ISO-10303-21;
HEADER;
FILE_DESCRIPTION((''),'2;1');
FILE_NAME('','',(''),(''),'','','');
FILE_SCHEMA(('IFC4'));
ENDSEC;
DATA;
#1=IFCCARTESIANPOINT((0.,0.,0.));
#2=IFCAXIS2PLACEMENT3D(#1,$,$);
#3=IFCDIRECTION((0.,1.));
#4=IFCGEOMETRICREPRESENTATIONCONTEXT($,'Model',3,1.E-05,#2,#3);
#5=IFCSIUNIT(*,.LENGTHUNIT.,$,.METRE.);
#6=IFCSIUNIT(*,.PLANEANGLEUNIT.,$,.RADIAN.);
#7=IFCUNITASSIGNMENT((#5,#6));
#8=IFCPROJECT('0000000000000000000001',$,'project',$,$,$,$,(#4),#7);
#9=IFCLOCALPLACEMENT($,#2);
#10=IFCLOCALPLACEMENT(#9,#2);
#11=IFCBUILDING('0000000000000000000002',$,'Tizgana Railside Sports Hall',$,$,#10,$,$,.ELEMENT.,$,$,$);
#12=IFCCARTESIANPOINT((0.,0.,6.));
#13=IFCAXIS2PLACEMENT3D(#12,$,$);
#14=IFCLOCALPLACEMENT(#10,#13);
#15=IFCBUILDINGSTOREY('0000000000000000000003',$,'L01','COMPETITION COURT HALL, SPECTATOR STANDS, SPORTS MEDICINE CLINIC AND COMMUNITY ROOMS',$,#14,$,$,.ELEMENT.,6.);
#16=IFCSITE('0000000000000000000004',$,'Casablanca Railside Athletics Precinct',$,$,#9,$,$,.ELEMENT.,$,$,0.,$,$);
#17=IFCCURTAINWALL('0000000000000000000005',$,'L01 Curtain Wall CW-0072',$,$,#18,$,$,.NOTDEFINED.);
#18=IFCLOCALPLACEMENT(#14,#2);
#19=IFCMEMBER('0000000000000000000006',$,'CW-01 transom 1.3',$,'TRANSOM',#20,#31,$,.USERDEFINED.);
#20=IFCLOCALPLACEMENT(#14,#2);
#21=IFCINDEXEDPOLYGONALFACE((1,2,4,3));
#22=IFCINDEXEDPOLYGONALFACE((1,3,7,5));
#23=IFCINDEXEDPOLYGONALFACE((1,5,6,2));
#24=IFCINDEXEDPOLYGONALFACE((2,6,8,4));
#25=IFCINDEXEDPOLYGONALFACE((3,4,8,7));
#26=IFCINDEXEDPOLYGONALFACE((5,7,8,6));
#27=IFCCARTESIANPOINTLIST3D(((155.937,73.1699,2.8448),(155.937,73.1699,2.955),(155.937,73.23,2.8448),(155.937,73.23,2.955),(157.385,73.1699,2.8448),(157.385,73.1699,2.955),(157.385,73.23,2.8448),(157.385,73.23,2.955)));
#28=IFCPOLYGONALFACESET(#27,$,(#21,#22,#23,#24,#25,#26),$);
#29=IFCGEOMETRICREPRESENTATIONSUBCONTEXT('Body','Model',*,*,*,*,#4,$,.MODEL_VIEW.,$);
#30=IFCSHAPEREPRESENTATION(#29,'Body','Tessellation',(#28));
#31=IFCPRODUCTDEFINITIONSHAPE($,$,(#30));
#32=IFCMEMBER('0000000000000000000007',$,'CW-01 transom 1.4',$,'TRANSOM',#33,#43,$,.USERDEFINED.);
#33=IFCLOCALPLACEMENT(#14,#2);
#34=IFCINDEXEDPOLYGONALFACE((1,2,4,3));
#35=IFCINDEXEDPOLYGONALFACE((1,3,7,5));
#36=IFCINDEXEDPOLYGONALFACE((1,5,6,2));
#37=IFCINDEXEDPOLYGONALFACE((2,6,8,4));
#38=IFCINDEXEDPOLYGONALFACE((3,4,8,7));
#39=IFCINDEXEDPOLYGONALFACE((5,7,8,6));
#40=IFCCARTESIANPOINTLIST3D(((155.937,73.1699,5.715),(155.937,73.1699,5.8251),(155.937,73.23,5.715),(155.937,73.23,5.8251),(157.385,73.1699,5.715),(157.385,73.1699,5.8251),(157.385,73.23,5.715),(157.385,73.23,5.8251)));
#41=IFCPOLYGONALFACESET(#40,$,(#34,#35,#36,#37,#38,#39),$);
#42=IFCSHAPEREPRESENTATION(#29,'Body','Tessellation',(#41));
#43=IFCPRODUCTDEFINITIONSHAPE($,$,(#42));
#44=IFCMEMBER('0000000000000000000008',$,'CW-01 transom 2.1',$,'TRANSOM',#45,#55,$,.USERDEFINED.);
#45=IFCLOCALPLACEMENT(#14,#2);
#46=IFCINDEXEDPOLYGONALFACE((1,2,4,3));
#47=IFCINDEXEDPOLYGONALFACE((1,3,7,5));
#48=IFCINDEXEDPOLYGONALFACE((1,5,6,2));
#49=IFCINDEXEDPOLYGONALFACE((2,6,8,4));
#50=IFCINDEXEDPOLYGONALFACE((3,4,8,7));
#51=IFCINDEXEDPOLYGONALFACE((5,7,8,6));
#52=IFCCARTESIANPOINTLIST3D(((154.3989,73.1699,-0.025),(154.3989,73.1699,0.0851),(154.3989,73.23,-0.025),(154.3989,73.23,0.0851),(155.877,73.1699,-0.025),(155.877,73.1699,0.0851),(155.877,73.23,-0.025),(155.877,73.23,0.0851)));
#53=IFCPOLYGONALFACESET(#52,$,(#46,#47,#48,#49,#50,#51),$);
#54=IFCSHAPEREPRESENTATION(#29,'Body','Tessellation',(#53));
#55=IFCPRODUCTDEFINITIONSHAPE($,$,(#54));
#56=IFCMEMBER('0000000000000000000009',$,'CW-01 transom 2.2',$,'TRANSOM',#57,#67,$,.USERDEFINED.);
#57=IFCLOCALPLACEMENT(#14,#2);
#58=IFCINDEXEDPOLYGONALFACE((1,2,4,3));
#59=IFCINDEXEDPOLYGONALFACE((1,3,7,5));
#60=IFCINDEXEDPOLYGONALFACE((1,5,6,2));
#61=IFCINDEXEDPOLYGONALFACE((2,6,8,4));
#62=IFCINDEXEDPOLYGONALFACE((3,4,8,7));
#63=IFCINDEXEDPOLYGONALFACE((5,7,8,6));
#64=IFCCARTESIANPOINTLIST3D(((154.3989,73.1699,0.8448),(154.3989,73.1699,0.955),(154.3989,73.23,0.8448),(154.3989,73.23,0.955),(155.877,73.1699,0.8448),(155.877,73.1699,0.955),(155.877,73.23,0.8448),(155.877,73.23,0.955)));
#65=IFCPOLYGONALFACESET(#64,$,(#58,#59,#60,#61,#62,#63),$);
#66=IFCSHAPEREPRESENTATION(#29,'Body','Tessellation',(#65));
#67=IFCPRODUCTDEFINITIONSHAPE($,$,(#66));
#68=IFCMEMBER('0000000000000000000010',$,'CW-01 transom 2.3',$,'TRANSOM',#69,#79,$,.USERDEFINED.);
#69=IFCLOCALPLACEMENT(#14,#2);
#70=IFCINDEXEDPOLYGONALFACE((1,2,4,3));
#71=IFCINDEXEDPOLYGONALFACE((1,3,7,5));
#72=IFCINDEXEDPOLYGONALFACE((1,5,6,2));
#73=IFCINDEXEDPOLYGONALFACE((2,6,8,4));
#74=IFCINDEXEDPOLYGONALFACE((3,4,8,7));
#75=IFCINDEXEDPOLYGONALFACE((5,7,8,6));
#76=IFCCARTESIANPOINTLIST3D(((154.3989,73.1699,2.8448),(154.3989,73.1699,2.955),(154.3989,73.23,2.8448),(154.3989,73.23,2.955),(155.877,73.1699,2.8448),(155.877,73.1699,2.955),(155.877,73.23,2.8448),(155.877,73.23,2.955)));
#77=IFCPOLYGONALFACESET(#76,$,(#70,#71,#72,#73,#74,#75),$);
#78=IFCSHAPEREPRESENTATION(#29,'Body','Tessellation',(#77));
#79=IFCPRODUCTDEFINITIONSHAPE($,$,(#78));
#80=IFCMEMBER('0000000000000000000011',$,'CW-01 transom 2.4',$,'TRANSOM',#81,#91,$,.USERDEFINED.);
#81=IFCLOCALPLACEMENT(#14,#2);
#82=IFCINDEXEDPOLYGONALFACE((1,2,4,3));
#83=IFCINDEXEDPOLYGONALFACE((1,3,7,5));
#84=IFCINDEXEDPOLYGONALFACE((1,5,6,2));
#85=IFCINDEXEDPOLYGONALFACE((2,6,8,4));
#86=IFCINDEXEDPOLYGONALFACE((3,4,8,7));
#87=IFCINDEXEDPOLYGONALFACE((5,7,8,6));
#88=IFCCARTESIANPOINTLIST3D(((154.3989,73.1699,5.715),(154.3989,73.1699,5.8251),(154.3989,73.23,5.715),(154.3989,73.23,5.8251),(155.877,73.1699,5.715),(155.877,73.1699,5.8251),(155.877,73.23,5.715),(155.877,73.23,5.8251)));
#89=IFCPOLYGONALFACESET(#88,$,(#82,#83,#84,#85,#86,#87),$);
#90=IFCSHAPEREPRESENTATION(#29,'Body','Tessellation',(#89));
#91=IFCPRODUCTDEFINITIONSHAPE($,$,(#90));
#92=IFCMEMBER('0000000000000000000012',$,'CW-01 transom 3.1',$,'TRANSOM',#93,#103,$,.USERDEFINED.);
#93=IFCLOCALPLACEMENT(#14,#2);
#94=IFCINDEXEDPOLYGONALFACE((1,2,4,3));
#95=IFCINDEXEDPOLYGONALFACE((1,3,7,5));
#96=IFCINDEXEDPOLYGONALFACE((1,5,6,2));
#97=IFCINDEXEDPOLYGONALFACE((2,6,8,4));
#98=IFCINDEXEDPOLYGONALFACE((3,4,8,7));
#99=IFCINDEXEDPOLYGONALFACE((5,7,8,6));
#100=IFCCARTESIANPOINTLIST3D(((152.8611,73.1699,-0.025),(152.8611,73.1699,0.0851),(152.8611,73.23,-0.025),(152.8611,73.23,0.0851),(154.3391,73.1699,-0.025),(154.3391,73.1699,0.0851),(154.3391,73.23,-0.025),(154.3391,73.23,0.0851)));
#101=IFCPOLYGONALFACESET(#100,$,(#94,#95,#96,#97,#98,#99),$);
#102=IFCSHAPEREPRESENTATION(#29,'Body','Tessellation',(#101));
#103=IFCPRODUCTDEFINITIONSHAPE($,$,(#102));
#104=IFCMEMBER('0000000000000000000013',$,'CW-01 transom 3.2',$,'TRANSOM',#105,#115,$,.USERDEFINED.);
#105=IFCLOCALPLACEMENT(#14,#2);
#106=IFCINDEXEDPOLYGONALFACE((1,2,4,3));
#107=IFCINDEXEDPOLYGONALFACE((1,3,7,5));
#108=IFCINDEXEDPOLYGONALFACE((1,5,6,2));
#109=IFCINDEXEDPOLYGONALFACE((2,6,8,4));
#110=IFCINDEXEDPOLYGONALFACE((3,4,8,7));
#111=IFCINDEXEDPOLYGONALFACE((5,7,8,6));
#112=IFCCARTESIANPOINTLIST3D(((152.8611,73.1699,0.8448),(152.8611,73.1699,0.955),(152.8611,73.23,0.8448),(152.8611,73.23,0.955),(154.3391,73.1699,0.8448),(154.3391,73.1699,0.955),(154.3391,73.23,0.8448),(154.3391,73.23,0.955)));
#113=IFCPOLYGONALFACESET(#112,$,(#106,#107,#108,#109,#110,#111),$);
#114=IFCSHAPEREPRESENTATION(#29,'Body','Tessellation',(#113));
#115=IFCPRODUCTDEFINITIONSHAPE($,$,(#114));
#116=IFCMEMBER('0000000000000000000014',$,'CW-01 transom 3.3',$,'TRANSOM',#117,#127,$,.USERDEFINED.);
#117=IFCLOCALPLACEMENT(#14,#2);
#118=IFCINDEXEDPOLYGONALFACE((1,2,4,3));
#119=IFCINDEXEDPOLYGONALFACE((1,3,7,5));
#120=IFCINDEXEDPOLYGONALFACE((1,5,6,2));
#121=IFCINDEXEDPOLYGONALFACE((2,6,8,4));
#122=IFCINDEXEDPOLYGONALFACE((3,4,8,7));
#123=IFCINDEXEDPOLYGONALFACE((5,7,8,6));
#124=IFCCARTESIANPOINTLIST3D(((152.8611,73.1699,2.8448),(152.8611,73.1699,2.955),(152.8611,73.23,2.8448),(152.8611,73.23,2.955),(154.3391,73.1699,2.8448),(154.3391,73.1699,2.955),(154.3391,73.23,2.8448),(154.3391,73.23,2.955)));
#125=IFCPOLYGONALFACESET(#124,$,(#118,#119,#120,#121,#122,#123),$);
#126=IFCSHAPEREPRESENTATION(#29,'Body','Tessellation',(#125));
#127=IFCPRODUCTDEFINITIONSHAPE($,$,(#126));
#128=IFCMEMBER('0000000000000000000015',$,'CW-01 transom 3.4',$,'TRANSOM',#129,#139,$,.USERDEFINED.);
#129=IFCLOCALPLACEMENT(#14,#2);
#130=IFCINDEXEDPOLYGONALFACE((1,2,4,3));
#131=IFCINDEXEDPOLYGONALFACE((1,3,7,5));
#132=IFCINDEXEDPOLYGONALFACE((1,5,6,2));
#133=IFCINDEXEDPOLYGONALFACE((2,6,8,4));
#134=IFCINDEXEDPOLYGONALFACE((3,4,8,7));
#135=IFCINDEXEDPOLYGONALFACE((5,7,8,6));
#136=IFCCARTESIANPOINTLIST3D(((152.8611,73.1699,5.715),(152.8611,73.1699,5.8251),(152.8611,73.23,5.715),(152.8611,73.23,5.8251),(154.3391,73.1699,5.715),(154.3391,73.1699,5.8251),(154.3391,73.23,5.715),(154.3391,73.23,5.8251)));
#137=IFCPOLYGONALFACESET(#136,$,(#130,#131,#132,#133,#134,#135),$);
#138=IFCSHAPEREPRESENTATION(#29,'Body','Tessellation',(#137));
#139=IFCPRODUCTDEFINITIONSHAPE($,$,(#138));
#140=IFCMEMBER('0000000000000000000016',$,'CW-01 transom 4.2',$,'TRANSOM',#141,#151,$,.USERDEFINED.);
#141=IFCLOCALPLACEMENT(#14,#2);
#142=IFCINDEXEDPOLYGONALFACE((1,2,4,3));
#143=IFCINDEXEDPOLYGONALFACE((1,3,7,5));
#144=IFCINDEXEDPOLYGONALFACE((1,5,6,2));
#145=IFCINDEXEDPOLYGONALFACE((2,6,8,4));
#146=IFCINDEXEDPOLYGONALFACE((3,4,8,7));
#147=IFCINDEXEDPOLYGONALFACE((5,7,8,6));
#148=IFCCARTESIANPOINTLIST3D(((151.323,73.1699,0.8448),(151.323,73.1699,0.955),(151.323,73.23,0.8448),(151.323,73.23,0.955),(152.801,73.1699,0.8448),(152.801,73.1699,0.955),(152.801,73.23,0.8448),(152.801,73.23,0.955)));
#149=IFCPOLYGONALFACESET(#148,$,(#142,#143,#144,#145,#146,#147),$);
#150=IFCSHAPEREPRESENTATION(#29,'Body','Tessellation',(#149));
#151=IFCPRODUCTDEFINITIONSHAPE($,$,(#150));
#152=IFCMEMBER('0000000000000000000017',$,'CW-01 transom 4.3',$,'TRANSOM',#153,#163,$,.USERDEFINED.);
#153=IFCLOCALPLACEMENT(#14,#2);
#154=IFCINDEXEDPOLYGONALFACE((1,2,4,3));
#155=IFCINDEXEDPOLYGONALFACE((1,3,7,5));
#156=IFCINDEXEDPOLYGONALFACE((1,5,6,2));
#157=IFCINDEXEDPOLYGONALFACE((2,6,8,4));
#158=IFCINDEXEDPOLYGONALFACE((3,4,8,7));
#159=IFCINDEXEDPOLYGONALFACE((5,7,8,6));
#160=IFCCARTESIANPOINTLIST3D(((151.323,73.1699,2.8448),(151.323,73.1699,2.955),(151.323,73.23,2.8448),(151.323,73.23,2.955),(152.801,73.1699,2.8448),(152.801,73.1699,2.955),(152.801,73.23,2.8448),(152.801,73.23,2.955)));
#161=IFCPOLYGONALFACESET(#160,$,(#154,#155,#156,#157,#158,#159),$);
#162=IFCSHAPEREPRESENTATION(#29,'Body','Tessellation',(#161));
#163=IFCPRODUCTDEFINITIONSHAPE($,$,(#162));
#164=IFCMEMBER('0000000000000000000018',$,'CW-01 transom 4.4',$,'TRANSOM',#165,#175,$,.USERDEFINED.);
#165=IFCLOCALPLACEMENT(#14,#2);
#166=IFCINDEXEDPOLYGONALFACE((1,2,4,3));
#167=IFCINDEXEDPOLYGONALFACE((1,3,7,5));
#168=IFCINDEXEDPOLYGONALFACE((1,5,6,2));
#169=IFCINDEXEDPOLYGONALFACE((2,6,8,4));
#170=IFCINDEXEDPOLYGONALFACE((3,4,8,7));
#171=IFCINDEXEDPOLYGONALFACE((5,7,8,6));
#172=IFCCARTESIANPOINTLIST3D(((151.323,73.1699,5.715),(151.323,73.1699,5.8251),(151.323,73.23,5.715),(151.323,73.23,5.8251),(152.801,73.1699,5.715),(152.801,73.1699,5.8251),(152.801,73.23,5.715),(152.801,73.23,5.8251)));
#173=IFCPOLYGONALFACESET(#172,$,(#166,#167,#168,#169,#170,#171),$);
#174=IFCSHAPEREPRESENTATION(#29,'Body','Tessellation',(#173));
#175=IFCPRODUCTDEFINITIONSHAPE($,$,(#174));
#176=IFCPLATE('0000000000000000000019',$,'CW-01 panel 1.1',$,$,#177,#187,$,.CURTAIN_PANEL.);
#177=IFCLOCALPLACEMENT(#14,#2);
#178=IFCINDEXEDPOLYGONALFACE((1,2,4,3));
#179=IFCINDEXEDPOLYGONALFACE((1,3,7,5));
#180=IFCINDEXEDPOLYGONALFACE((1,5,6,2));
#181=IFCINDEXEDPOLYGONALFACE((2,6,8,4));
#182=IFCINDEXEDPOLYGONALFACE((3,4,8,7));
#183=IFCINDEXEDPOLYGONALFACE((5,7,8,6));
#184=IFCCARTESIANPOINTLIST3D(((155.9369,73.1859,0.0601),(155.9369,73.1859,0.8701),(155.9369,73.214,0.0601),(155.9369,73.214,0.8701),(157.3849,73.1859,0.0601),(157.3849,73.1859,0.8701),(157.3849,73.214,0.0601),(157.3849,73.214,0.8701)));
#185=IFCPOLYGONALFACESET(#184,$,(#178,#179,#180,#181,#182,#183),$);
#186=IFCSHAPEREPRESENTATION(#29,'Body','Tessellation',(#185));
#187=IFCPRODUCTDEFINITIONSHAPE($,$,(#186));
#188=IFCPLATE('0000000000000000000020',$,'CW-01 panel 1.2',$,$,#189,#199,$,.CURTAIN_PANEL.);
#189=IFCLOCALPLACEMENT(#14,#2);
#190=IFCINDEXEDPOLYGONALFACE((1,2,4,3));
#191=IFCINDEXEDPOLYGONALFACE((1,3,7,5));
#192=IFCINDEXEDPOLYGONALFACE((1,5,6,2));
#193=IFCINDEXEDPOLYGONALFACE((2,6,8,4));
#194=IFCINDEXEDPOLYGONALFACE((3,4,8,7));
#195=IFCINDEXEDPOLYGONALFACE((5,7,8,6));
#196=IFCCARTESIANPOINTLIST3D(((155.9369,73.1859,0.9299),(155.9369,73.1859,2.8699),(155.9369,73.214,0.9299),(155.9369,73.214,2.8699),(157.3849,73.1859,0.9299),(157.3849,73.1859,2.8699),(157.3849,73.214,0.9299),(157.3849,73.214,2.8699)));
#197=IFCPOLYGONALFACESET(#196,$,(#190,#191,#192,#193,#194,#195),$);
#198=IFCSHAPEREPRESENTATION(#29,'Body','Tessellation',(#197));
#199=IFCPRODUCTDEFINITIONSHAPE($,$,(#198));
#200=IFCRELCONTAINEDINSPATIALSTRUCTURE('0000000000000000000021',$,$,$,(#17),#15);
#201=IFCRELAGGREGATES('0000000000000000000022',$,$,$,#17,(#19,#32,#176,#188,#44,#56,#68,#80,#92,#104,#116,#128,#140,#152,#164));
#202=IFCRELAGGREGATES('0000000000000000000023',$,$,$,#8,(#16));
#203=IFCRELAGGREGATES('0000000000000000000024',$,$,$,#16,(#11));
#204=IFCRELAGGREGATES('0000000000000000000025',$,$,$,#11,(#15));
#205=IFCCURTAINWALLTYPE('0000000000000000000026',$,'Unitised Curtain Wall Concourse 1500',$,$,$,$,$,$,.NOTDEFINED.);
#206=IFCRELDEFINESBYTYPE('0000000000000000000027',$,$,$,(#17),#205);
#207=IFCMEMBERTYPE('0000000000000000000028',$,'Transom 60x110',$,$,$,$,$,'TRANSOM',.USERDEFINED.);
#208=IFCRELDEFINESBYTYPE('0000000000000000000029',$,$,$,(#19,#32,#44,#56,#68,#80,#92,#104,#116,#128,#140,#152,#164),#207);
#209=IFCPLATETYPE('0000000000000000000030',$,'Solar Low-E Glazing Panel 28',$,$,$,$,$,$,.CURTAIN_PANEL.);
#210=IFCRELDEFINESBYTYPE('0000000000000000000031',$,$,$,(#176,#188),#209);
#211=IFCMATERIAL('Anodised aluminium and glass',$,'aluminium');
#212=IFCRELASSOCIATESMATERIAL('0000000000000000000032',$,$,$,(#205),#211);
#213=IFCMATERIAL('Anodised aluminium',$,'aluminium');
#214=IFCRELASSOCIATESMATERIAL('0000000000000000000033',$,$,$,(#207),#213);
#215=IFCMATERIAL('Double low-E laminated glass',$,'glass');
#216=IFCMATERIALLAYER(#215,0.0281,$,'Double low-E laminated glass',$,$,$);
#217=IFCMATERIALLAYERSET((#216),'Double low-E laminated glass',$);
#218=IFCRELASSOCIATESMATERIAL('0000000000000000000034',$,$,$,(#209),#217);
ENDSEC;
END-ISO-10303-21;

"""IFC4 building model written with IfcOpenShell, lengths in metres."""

from ifc_helpers import new_model, si_unit, direction, frame, origin, origin_2d, place, context, subcontext, project, spatial, rectangle, extrude, material, layer, layer_set, material_profile, profile_set, type_object, element, aggregate, save


model = new_model("IFC4")

# Units and contexts
model_context = context("Model", 3, precision=1e-05, world=origin(), true_north=direction((0.0, 1.0)))
body_context = subcontext(model_context, "Body", "Model", "MODEL_VIEW")
ifc_project = project(units=[si_unit("LENGTHUNIT", "METRE"), si_unit("PLANEANGLEUNIT", "RADIAN")], contexts=[model_context])

# Site, building, storey
site_placement = place(None, origin())
site = spatial("IfcSite", under=ifc_project, at=site_placement, Name="Casablanca Railside Athletics Precinct", CompositionType="ELEMENT", RefElevation=0.0)
building_placement = place(site_placement, origin())
building = spatial("IfcBuilding", under=site, at=building_placement, Name="Tizgana Railside Sports Hall", CompositionType="ELEMENT")
storey_placement = place(building_placement, frame((0.0, 0.0, 6.0)))
storey = spatial("IfcBuildingStorey", under=building, at=storey_placement, Name="L01", Description="COMPETITION COURT HALL, SPECTATOR STANDS, SPORTS MEDICINE CLINIC AND COMMUNITY ROOMS", CompositionType="ELEMENT", Elevation=6.0)

# Curtain wall
ifc_material_1 = material(Name="Anodised aluminium and glass", Category="aluminium")
curtain_wall_type = type_object("IfcCurtainWallType", Name="Unitised Curtain Wall Concourse 1500", PredefinedType="NOTDEFINED", material=ifc_material_1)
curtain_wall_placement = place(storey_placement, origin())
curtain_wall = element("IfcCurtainWall", 1, at=curtain_wall_placement, inside=storey, type_object=curtain_wall_type, Name="L01 Curtain Wall CW-0072", PredefinedType="NOTDEFINED")
ifc_material_2 = material(Name="Anodised aluminium", Category="aluminium")

# Members
ifc_material_profile_1 = material_profile(ifc_material_2, rectangle(XDim=0.0601, YDim=0.1101, at=origin_2d()), Name="Transom 60x110")
ifc_profile_set_1 = profile_set([ifc_material_profile_1], Name="Anodised aluminium")
member_type_1 = type_object("IfcMemberType", Name="Transom 60x110", ElementType="TRANSOM", PredefinedType="USERDEFINED", material=ifc_profile_set_1)
member_1_placement = place(storey_placement, frame((157.385, 73.2, 2.8999), z_axis=(-1.0, 0.0, 0.0), x_axis=(0.0, -1.0, 0.0)))
member_1 = element("IfcMember", 2, at=member_1_placement, type_object=member_type_1, Name="CW-01 transom 1.3", ObjectType="TRANSOM", PredefinedType="USERDEFINED", context=body_context, shape_type="SweptSolid", body=[
    extrude(rectangle(XDim=0.0601, YDim=0.1101, at=origin_2d()), origin(), (0.0, 0.0, 1.0), 1.448),
])
member_2_placement = place(storey_placement, frame((157.385, 73.2, 5.77), z_axis=(-1.0, 0.0, 0.0), x_axis=(0.0, -1.0, 0.0)))
member_2 = element("IfcMember", 3, at=member_2_placement, type_object=member_type_1, Name="CW-01 transom 1.4", ObjectType="TRANSOM", PredefinedType="USERDEFINED", context=body_context, shape_type="SweptSolid", body=[
    extrude(rectangle(XDim=0.0601, YDim=0.1101, at=origin_2d()), origin(), (0.0, 0.0, 1.0), 1.448),
])
member_3_placement = place(storey_placement, frame((155.877, 73.2, 0.03), z_axis=(-1.0, 0.0, 0.0), x_axis=(0.0, -1.0, 0.0)))
member_3 = element("IfcMember", 4, at=member_3_placement, type_object=member_type_1, Name="CW-01 transom 2.1", ObjectType="TRANSOM", PredefinedType="USERDEFINED", context=body_context, shape_type="SweptSolid", body=[
    extrude(rectangle(XDim=0.0601, YDim=0.1101, at=origin_2d()), origin(), (0.0, 0.0, 1.0), 1.478),
])
member_4_placement = place(storey_placement, frame((155.877, 73.2, 0.8999), z_axis=(-1.0, 0.0, 0.0), x_axis=(0.0, -1.0, 0.0)))
member_4 = element("IfcMember", 5, at=member_4_placement, type_object=member_type_1, Name="CW-01 transom 2.2", ObjectType="TRANSOM", PredefinedType="USERDEFINED", context=body_context, shape_type="SweptSolid", body=[
    extrude(rectangle(XDim=0.0601, YDim=0.1101, at=origin_2d()), origin(), (0.0, 0.0, 1.0), 1.478),
])
member_5_placement = place(storey_placement, frame((155.877, 73.2, 2.8999), z_axis=(-1.0, 0.0, 0.0), x_axis=(0.0, -1.0, 0.0)))
member_5 = element("IfcMember", 6, at=member_5_placement, type_object=member_type_1, Name="CW-01 transom 2.3", ObjectType="TRANSOM", PredefinedType="USERDEFINED", context=body_context, shape_type="SweptSolid", body=[
    extrude(rectangle(XDim=0.0601, YDim=0.1101, at=origin_2d()), origin(), (0.0, 0.0, 1.0), 1.478),
])
member_6_placement = place(storey_placement, frame((155.877, 73.2, 5.77), z_axis=(-1.0, 0.0, 0.0), x_axis=(0.0, -1.0, 0.0)))
member_6 = element("IfcMember", 7, at=member_6_placement, type_object=member_type_1, Name="CW-01 transom 2.4", ObjectType="TRANSOM", PredefinedType="USERDEFINED", context=body_context, shape_type="SweptSolid", body=[
    extrude(rectangle(XDim=0.0601, YDim=0.1101, at=origin_2d()), origin(), (0.0, 0.0, 1.0), 1.478),
])
member_7_placement = place(storey_placement, frame((154.3391, 73.2, 0.03), z_axis=(-1.0, 0.0, 0.0), x_axis=(0.0, -1.0, 0.0)))
member_7 = element("IfcMember", 8, at=member_7_placement, type_object=member_type_1, Name="CW-01 transom 3.1", ObjectType="TRANSOM", PredefinedType="USERDEFINED", context=body_context, shape_type="SweptSolid", body=[
    extrude(rectangle(XDim=0.0601, YDim=0.1101, at=origin_2d()), origin(), (0.0, 0.0, 1.0), 1.478),
])
member_8_placement = place(storey_placement, frame((154.3391, 73.2, 0.8999), z_axis=(-1.0, 0.0, 0.0), x_axis=(0.0, -1.0, 0.0)))
member_8 = element("IfcMember", 9, at=member_8_placement, type_object=member_type_1, Name="CW-01 transom 3.2", ObjectType="TRANSOM", PredefinedType="USERDEFINED", context=body_context, shape_type="SweptSolid", body=[
    extrude(rectangle(XDim=0.0601, YDim=0.1101, at=origin_2d()), origin(), (0.0, 0.0, 1.0), 1.478),
])
member_9_placement = place(storey_placement, frame((154.3391, 73.2, 2.8999), z_axis=(-1.0, 0.0, 0.0), x_axis=(0.0, -1.0, 0.0)))
member_9 = element("IfcMember", 10, at=member_9_placement, type_object=member_type_1, Name="CW-01 transom 3.3", ObjectType="TRANSOM", PredefinedType="USERDEFINED", context=body_context, shape_type="SweptSolid", body=[
    extrude(rectangle(XDim=0.0601, YDim=0.1101, at=origin_2d()), origin(), (0.0, 0.0, 1.0), 1.478),
])
member_10_placement = place(storey_placement, frame((154.3391, 73.2, 5.77), z_axis=(-1.0, 0.0, 0.0), x_axis=(0.0, -1.0, 0.0)))
member_10 = element("IfcMember", 11, at=member_10_placement, type_object=member_type_1, Name="CW-01 transom 3.4", ObjectType="TRANSOM", PredefinedType="USERDEFINED", context=body_context, shape_type="SweptSolid", body=[
    extrude(rectangle(XDim=0.0601, YDim=0.1101, at=origin_2d()), origin(), (0.0, 0.0, 1.0), 1.478),
])
member_11_placement = place(storey_placement, frame((152.801, 73.2, 0.8999), z_axis=(-1.0, 0.0, 0.0), x_axis=(0.0, -1.0, 0.0)))
member_11 = element("IfcMember", 12, at=member_11_placement, type_object=member_type_1, Name="CW-01 transom 4.2", ObjectType="TRANSOM", PredefinedType="USERDEFINED", context=body_context, shape_type="SweptSolid", body=[
    extrude(rectangle(XDim=0.0601, YDim=0.1101, at=origin_2d()), origin(), (0.0, 0.0, 1.0), 1.478),
])
member_12_placement = place(storey_placement, frame((152.801, 73.2, 2.8999), z_axis=(-1.0, 0.0, 0.0), x_axis=(0.0, -1.0, 0.0)))
member_12 = element("IfcMember", 13, at=member_12_placement, type_object=member_type_1, Name="CW-01 transom 4.3", ObjectType="TRANSOM", PredefinedType="USERDEFINED", context=body_context, shape_type="SweptSolid", body=[
    extrude(rectangle(XDim=0.0601, YDim=0.1101, at=origin_2d()), origin(), (0.0, 0.0, 1.0), 1.478),
])
member_13_placement = place(storey_placement, frame((152.801, 73.2, 5.77), z_axis=(-1.0, 0.0, 0.0), x_axis=(0.0, -1.0, 0.0)))
member_13 = element("IfcMember", 14, at=member_13_placement, type_object=member_type_1, Name="CW-01 transom 4.4", ObjectType="TRANSOM", PredefinedType="USERDEFINED", context=body_context, shape_type="SweptSolid", body=[
    extrude(rectangle(XDim=0.0601, YDim=0.1101, at=origin_2d()), origin(), (0.0, 0.0, 1.0), 1.478),
])

# Plates
ifc_material_3 = material(Name="Double low-E laminated glass", Category="glass")
ifc_layer_1 = layer(ifc_material_3, 0.0281, Name="Double low-E laminated glass")
ifc_layer_set_1 = layer_set([ifc_layer_1], Name="Double low-E laminated glass")
plate_type = type_object("IfcPlateType", Name="Solar Low-E Glazing Panel 28", PredefinedType="CURTAIN_PANEL", material=ifc_layer_set_1)
plate_1_placement = place(storey_placement, frame((156.6609, 73.2, 0.0601), z_axis=(0.0, 0.0, 1.0), x_axis=(-1.0, 0.0, 0.0)))
plate_1 = element("IfcPlate", 15, at=plate_1_placement, type_object=plate_type, Name="CW-01 panel 1.1", PredefinedType="CURTAIN_PANEL", context=body_context, shape_type="SweptSolid", body=[
    extrude(rectangle(XDim=1.448, YDim=0.0281, at=origin_2d()), origin(), (0.0, 0.0, 1.0), 0.8101),
])
plate_2_placement = place(storey_placement, frame((156.6609, 73.2, 0.9299), z_axis=(0.0, 0.0, 1.0), x_axis=(-1.0, 0.0, 0.0)))
plate_2 = element("IfcPlate", 16, at=plate_2_placement, type_object=plate_type, Name="CW-01 panel 1.2", PredefinedType="CURTAIN_PANEL", context=body_context, shape_type="SweptSolid", body=[
    extrude(rectangle(XDim=1.448, YDim=0.0281, at=origin_2d()), origin(), (0.0, 0.0, 1.0), 1.9399),
])
aggregate(curtain_wall, [member_1, member_2, plate_1, plate_2, member_3, member_4, member_5, member_6, member_7, member_8, member_9, member_10, member_11, member_12, member_13])

save(model, "model.ifc")
